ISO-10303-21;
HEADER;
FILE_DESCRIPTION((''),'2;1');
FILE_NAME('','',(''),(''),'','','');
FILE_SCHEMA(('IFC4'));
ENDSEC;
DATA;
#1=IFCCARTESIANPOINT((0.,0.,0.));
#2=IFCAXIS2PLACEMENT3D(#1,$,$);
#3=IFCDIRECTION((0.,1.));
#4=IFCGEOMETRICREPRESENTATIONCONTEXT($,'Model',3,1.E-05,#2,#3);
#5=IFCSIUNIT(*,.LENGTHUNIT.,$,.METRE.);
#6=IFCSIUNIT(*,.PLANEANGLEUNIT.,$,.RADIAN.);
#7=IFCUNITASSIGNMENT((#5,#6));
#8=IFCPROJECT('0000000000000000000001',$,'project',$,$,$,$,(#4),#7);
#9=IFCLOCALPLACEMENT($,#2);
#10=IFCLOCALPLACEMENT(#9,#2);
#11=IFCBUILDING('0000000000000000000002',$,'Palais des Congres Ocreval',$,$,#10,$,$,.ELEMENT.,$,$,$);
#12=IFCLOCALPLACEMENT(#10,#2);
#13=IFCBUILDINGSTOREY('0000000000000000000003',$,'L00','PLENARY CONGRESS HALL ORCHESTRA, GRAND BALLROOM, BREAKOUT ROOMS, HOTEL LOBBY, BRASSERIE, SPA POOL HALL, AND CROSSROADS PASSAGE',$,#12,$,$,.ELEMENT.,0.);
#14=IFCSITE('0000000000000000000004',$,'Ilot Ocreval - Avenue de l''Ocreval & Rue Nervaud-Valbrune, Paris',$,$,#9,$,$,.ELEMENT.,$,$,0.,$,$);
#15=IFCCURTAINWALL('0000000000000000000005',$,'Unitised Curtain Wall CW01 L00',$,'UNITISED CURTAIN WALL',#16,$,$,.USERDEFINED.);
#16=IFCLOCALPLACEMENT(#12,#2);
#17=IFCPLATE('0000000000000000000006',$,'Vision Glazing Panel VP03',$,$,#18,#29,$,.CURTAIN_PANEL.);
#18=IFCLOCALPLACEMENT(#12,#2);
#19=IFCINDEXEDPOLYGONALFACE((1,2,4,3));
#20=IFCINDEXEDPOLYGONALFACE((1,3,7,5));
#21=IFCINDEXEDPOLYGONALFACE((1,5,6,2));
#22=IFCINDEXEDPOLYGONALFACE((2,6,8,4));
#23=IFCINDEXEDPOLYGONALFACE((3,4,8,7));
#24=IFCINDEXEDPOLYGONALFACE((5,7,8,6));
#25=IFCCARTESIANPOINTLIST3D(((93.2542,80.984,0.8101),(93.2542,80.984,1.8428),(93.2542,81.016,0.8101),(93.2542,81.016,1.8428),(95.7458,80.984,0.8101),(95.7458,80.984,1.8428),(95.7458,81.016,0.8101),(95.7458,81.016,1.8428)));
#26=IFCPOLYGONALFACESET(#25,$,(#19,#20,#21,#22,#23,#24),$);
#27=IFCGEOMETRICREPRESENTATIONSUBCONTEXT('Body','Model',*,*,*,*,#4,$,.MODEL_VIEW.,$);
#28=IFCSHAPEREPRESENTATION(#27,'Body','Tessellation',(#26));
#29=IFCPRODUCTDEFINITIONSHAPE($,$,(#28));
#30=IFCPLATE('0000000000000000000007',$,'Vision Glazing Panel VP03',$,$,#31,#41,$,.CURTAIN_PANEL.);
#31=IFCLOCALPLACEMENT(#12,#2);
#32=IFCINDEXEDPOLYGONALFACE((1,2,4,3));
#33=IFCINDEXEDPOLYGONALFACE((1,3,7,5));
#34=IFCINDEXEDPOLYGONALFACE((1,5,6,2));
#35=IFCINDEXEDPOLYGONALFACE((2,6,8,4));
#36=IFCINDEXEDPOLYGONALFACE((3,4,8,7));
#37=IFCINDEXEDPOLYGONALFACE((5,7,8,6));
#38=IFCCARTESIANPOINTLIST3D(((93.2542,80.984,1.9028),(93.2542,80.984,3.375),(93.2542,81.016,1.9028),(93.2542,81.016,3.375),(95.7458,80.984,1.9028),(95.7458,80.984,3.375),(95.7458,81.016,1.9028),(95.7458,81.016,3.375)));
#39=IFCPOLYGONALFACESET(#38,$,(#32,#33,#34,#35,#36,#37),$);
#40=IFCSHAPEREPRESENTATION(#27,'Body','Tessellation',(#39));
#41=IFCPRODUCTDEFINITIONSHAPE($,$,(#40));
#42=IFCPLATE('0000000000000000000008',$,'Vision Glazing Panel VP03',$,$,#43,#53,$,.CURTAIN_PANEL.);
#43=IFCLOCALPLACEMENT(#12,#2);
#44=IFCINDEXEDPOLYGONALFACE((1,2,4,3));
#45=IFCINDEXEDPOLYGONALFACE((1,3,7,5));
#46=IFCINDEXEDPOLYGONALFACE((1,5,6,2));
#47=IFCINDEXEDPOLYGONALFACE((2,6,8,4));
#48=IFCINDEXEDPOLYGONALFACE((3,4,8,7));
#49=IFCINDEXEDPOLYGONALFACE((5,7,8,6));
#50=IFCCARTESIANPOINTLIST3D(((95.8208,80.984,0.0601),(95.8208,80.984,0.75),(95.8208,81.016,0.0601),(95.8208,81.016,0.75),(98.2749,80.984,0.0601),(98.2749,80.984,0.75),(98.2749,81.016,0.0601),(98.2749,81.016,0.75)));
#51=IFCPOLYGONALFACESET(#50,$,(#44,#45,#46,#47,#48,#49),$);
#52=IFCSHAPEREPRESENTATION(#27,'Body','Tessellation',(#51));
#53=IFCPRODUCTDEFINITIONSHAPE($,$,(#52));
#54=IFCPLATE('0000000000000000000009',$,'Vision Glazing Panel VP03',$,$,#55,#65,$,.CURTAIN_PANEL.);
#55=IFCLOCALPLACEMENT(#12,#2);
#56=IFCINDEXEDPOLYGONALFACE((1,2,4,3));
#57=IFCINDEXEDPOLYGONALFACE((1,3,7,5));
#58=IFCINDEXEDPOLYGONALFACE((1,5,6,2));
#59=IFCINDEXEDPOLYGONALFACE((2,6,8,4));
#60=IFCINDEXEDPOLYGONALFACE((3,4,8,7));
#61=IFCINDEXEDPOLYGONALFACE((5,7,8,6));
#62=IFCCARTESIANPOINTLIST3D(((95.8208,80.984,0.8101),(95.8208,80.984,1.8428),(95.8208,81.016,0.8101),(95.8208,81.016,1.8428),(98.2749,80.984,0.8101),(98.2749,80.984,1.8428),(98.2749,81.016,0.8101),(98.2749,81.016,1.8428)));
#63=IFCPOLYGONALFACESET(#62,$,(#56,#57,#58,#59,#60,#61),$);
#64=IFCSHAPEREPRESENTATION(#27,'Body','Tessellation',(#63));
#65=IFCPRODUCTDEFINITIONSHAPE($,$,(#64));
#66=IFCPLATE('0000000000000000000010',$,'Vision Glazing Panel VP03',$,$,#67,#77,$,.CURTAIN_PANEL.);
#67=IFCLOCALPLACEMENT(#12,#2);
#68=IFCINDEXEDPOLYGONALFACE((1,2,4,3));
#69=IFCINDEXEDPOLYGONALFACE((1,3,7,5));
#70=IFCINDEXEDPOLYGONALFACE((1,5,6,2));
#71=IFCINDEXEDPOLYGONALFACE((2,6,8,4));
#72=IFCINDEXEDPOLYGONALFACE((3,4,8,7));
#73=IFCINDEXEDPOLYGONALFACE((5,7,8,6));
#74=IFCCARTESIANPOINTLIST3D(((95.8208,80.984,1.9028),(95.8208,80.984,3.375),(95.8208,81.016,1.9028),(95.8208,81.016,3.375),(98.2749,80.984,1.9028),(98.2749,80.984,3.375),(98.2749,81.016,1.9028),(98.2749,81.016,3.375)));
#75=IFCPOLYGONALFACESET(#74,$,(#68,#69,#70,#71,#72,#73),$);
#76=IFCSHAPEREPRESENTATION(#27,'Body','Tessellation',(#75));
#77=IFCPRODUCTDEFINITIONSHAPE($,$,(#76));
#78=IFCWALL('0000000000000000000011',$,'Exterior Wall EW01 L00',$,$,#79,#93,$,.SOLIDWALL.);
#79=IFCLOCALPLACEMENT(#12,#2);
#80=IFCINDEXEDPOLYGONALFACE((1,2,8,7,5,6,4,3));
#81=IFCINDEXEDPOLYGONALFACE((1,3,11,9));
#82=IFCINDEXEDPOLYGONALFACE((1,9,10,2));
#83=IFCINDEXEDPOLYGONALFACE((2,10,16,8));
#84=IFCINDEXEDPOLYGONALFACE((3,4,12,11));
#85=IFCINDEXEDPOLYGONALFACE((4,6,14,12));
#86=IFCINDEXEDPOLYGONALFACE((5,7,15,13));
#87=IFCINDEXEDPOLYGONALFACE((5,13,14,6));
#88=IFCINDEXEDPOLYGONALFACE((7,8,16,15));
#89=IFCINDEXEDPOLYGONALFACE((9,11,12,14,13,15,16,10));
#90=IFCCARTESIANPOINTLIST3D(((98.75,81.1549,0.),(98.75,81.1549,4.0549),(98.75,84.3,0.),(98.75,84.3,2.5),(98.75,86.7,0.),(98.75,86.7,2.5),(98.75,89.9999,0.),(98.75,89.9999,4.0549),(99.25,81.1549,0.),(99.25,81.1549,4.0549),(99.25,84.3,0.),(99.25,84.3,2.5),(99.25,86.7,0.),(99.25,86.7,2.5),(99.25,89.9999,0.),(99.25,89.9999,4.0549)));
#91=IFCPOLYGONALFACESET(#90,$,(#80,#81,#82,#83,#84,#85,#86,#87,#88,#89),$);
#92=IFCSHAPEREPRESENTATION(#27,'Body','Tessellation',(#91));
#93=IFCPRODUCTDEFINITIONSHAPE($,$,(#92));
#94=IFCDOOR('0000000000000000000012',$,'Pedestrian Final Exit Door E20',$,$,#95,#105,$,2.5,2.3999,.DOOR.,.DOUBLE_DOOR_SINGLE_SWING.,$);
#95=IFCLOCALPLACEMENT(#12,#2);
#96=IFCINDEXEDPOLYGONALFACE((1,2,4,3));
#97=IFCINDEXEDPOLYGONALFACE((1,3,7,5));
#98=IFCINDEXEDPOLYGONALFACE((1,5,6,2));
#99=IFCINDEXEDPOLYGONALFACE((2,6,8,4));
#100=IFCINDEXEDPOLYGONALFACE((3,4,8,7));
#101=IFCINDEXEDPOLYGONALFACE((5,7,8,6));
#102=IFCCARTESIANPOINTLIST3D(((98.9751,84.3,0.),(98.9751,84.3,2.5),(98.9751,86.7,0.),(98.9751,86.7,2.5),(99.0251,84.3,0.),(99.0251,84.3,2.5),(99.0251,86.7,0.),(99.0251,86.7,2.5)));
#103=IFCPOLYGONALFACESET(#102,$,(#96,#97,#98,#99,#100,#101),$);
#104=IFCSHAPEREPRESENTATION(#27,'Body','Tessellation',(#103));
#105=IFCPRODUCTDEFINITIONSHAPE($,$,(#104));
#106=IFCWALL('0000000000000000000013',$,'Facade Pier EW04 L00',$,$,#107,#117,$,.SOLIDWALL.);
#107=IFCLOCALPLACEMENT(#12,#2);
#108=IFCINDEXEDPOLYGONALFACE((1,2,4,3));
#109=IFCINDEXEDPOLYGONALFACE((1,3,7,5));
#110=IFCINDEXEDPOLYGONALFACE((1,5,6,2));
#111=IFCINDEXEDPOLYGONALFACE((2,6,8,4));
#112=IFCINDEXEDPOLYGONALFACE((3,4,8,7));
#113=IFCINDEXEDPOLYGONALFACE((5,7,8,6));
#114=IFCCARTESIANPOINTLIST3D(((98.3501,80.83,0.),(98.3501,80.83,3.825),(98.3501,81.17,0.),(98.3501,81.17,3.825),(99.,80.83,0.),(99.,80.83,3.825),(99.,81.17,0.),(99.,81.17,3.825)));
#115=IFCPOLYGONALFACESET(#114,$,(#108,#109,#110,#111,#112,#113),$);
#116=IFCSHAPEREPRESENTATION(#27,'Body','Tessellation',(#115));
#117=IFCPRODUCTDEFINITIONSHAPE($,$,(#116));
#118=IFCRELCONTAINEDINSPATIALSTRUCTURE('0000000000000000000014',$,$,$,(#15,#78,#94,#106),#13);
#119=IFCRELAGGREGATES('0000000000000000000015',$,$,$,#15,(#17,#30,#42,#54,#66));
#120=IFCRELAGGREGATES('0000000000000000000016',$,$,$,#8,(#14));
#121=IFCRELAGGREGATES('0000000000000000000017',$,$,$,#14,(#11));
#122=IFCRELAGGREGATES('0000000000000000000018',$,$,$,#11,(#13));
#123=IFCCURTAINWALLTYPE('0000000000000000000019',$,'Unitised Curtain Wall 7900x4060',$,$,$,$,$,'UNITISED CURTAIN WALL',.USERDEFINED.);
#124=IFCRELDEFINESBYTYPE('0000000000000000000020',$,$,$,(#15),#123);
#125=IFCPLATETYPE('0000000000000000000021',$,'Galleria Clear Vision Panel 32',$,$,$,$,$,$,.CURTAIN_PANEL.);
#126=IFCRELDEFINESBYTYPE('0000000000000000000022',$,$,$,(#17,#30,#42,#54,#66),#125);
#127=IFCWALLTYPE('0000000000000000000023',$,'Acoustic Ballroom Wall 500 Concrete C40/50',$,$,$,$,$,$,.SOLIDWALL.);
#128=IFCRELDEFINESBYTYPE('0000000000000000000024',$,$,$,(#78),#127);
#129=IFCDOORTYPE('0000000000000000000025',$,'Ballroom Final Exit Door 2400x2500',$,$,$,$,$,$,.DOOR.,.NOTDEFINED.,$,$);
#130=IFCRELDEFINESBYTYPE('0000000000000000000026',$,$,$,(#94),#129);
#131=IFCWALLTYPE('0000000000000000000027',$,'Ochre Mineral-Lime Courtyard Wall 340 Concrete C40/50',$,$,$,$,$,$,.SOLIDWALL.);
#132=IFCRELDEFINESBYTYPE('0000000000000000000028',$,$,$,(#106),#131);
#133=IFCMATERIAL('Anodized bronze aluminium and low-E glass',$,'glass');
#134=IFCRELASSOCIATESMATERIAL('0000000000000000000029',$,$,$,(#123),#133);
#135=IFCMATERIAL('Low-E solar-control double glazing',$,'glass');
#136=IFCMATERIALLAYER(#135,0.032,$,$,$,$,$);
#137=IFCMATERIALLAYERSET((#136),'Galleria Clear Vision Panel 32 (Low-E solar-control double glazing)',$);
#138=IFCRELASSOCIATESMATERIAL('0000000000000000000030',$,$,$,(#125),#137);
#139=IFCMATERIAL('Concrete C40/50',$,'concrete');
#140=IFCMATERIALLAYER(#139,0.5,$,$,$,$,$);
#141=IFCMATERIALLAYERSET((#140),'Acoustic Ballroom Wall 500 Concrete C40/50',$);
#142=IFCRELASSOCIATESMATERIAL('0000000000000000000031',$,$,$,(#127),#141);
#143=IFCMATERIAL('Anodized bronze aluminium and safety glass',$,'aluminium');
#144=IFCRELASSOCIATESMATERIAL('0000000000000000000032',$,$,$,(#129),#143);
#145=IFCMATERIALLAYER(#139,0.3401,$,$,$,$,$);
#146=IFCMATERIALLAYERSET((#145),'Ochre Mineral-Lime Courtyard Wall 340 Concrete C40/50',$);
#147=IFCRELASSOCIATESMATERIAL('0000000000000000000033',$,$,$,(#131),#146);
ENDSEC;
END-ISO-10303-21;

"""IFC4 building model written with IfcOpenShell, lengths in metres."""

from ifc_helpers import new_model, si_unit, direction, frame, frame_2d, origin, origin_2d, place, context, subcontext, project, spatial, rectangle, extrude, material, layer, layer_set, type_object, element, fill, aggregate, save


model = new_model("IFC4")

# Units and contexts
model_context = context("Model", 3, precision=1e-05, world=origin(), true_north=direction((0.0, 1.0)))
body_context = subcontext(model_context, "Body", "Model", "MODEL_VIEW")
ifc_project = project(units=[si_unit("LENGTHUNIT", "METRE"), si_unit("PLANEANGLEUNIT", "RADIAN")], contexts=[model_context])

# Site, building, storey
site_placement = place(None, origin())
site = spatial("IfcSite", under=ifc_project, at=site_placement, Name="Ilot Ocreval - Avenue de l'Ocreval & Rue Nervaud-Valbrune, Paris", CompositionType="ELEMENT", RefElevation=0.0)
building_placement = place(site_placement, origin())
building = spatial("IfcBuilding", under=site, at=building_placement, Name="Palais des Congres Ocreval", CompositionType="ELEMENT")
storey_placement = place(building_placement, origin())
storey = spatial("IfcBuildingStorey", under=building, at=storey_placement, Name="L00", Description="PLENARY CONGRESS HALL ORCHESTRA, GRAND BALLROOM, BREAKOUT ROOMS, HOTEL LOBBY, BRASSERIE, SPA POOL HALL, AND CROSSROADS PASSAGE", CompositionType="ELEMENT", Elevation=0.0)

# Curtain wall
ifc_material_1 = material(Name="Anodized bronze aluminium and low-E glass", Category="glass")
curtain_wall_type = type_object("IfcCurtainWallType", Name="Unitised Curtain Wall 7900x4060", ElementType="UNITISED CURTAIN WALL", PredefinedType="USERDEFINED", material=ifc_material_1)
curtain_wall_placement = place(storey_placement, origin())
curtain_wall = element("IfcCurtainWall", 1, at=curtain_wall_placement, inside=storey, type_object=curtain_wall_type, Name="Unitised Curtain Wall CW01 L00", ObjectType="UNITISED CURTAIN WALL", PredefinedType="USERDEFINED")

# Plates
ifc_material_2 = material(Name="Low-E solar-control double glazing", Category="glass")
ifc_layer_1 = layer(ifc_material_2, 0.032)
ifc_layer_set_1 = layer_set([ifc_layer_1], Name="Galleria Clear Vision Panel 32 (Low-E solar-control double glazing)")
plate_type_1 = type_object("IfcPlateType", Name="Galleria Clear Vision Panel 32", PredefinedType="CURTAIN_PANEL", material=ifc_layer_set_1)
plate_1_placement = place(storey_placement, frame((94.5, 81.0, 0.8101), z_axis=(0.0, 0.0, 1.0), x_axis=(1.0, 0.0, 0.0)))
plate_1 = element("IfcPlate", 2, at=plate_1_placement, type_object=plate_type_1, Name="Vision Glazing Panel VP03", PredefinedType="CURTAIN_PANEL", context=body_context, shape_type="SweptSolid", body=[
    extrude(rectangle(XDim=2.4917, YDim=0.032, at=origin_2d()), origin(), (0.0, 0.0, 1.0), 1.0327),
])
plate_2_placement = place(storey_placement, frame((94.5, 81.0, 1.9028), z_axis=(0.0, 0.0, 1.0), x_axis=(1.0, 0.0, 0.0)))
plate_2 = element("IfcPlate", 3, at=plate_2_placement, type_object=plate_type_1, Name="Vision Glazing Panel VP03", PredefinedType="CURTAIN_PANEL", context=body_context, shape_type="SweptSolid", body=[
    extrude(rectangle(XDim=2.4917, YDim=0.032, at=origin_2d()), origin(), (0.0, 0.0, 1.0), 1.4722),
])
plate_3_placement = place(storey_placement, frame((97.0479, 81.0, 0.0601), z_axis=(0.0, 0.0, 1.0), x_axis=(1.0, 0.0, 0.0)))
plate_3 = element("IfcPlate", 4, at=plate_3_placement, type_object=plate_type_1, Name="Vision Glazing Panel VP03", PredefinedType="CURTAIN_PANEL", context=body_context, shape_type="SweptSolid", body=[
    extrude(rectangle(XDim=2.4541, YDim=0.032, at=origin_2d()), origin(), (0.0, 0.0, 1.0), 0.6899),
])
plate_4_placement = place(storey_placement, frame((97.0479, 81.0, 0.8101), z_axis=(0.0, 0.0, 1.0), x_axis=(1.0, 0.0, 0.0)))
plate_4 = element("IfcPlate", 5, at=plate_4_placement, type_object=plate_type_1, Name="Vision Glazing Panel VP03", PredefinedType="CURTAIN_PANEL", context=body_context, shape_type="SweptSolid", body=[
    extrude(rectangle(XDim=2.4541, YDim=0.032, at=origin_2d()), origin(), (0.0, 0.0, 1.0), 1.0327),
])
plate_5_placement = place(storey_placement, frame((97.0479, 81.0, 1.9028), z_axis=(0.0, 0.0, 1.0), x_axis=(1.0, 0.0, 0.0)))
plate_5 = element("IfcPlate", 6, at=plate_5_placement, type_object=plate_type_1, Name="Vision Glazing Panel VP03", PredefinedType="CURTAIN_PANEL", context=body_context, shape_type="SweptSolid", body=[
    extrude(rectangle(XDim=2.4541, YDim=0.032, at=origin_2d()), origin(), (0.0, 0.0, 1.0), 1.4722),
])
aggregate(curtain_wall, [plate_1, plate_2, plate_3, plate_4, plate_5])

# Wall, opening, door
ifc_material_3 = material(Name="Concrete C40/50", Category="concrete")
ifc_layer_2 = layer(ifc_material_3, 0.5)
ifc_layer_set_2 = layer_set([ifc_layer_2], Name="Acoustic Ballroom Wall 500 Concrete C40/50")
wall_type_1 = type_object("IfcWallType", Name="Acoustic Ballroom Wall 500 Concrete C40/50", PredefinedType="SOLIDWALL", material=ifc_layer_set_2)
wall_1_placement = place(storey_placement, frame((99.0, 81.155, 0.0), z_axis=(0.0, 0.0, 1.0), x_axis=(0.0, 1.0, 0.0)))
wall_1 = element("IfcWall", 7, at=wall_1_placement, inside=storey, type_object=wall_type_1, Name="Exterior Wall EW01 L00", PredefinedType="SOLIDWALL", context=body_context, shape_type="SweptSolid", body=[
    extrude(rectangle(XDim=8.845, YDim=0.5, at=frame_2d((4.4224, 0.0))), origin(), (0.0, 0.0, 1.0), 4.0549),
])
opening_placement = place(wall_1_placement, frame((3.145, 0.0, 0.0)))
opening = element("IfcOpeningElement", 8, at=opening_placement, cuts=wall_1, PredefinedType="OPENING", context=body_context, shape_type="SweptSolid", body=[
    extrude(rectangle(XDim=2.3999, YDim=2.5, at=frame_2d((1.2, 1.25))), frame((0.0, 0.26, 0.0), z_axis=(0.0, -1.0, 0.0), x_axis=(1.0, 0.0, 0.0)), (0.0, 0.0, 1.0), 0.52),
])
ifc_material_4 = material(Name="Anodized bronze aluminium and safety glass", Category="aluminium")
door_type = type_object("IfcDoorType", Name="Ballroom Final Exit Door 2400x2500", OperationType="NOTDEFINED", PredefinedType="DOOR", material=ifc_material_4)
door_placement = place(opening_placement, origin())
door = element("IfcDoor", 9, at=door_placement, inside=storey, type_object=door_type, Name="Pedestrian Final Exit Door E20", OperationType="DOUBLE_DOOR_SINGLE_SWING", OverallHeight=2.5, OverallWidth=2.3999, PredefinedType="DOOR", context=body_context, shape_type="SweptSolid", body=[
    extrude(rectangle(XDim=2.3999, YDim=2.5, at=frame_2d((1.2, 1.25))), frame((0.0, 0.0249, 0.0), z_axis=(0.0, -1.0, 0.0), x_axis=(1.0, 0.0, 0.0)), (0.0, 0.0, 1.0), 0.05),
])
fill(opening, door)

# Wall
ifc_layer_3 = layer(ifc_material_3, 0.3401)
ifc_layer_set_3 = layer_set([ifc_layer_3], Name="Ochre Mineral-Lime Courtyard Wall 340 Concrete C40/50")
wall_type_2 = type_object("IfcWallType", Name="Ochre Mineral-Lime Courtyard Wall 340 Concrete C40/50", PredefinedType="SOLIDWALL", material=ifc_layer_set_3)
wall_2_placement = place(storey_placement, frame((98.3501, 81.0, 0.0), z_axis=(0.0, 0.0, 1.0), x_axis=(1.0, 0.0, 0.0)))
element("IfcWall", 10, at=wall_2_placement, inside=storey, type_object=wall_type_2, Name="Facade Pier EW04 L00", PredefinedType="SOLIDWALL", context=body_context, shape_type="SweptSolid", body=[
    extrude(rectangle(XDim=0.6499, YDim=0.3401, at=frame_2d((0.325, 0.0))), origin(), (0.0, 0.0, 1.0), 3.825),
])

save(model, "model.ifc")
